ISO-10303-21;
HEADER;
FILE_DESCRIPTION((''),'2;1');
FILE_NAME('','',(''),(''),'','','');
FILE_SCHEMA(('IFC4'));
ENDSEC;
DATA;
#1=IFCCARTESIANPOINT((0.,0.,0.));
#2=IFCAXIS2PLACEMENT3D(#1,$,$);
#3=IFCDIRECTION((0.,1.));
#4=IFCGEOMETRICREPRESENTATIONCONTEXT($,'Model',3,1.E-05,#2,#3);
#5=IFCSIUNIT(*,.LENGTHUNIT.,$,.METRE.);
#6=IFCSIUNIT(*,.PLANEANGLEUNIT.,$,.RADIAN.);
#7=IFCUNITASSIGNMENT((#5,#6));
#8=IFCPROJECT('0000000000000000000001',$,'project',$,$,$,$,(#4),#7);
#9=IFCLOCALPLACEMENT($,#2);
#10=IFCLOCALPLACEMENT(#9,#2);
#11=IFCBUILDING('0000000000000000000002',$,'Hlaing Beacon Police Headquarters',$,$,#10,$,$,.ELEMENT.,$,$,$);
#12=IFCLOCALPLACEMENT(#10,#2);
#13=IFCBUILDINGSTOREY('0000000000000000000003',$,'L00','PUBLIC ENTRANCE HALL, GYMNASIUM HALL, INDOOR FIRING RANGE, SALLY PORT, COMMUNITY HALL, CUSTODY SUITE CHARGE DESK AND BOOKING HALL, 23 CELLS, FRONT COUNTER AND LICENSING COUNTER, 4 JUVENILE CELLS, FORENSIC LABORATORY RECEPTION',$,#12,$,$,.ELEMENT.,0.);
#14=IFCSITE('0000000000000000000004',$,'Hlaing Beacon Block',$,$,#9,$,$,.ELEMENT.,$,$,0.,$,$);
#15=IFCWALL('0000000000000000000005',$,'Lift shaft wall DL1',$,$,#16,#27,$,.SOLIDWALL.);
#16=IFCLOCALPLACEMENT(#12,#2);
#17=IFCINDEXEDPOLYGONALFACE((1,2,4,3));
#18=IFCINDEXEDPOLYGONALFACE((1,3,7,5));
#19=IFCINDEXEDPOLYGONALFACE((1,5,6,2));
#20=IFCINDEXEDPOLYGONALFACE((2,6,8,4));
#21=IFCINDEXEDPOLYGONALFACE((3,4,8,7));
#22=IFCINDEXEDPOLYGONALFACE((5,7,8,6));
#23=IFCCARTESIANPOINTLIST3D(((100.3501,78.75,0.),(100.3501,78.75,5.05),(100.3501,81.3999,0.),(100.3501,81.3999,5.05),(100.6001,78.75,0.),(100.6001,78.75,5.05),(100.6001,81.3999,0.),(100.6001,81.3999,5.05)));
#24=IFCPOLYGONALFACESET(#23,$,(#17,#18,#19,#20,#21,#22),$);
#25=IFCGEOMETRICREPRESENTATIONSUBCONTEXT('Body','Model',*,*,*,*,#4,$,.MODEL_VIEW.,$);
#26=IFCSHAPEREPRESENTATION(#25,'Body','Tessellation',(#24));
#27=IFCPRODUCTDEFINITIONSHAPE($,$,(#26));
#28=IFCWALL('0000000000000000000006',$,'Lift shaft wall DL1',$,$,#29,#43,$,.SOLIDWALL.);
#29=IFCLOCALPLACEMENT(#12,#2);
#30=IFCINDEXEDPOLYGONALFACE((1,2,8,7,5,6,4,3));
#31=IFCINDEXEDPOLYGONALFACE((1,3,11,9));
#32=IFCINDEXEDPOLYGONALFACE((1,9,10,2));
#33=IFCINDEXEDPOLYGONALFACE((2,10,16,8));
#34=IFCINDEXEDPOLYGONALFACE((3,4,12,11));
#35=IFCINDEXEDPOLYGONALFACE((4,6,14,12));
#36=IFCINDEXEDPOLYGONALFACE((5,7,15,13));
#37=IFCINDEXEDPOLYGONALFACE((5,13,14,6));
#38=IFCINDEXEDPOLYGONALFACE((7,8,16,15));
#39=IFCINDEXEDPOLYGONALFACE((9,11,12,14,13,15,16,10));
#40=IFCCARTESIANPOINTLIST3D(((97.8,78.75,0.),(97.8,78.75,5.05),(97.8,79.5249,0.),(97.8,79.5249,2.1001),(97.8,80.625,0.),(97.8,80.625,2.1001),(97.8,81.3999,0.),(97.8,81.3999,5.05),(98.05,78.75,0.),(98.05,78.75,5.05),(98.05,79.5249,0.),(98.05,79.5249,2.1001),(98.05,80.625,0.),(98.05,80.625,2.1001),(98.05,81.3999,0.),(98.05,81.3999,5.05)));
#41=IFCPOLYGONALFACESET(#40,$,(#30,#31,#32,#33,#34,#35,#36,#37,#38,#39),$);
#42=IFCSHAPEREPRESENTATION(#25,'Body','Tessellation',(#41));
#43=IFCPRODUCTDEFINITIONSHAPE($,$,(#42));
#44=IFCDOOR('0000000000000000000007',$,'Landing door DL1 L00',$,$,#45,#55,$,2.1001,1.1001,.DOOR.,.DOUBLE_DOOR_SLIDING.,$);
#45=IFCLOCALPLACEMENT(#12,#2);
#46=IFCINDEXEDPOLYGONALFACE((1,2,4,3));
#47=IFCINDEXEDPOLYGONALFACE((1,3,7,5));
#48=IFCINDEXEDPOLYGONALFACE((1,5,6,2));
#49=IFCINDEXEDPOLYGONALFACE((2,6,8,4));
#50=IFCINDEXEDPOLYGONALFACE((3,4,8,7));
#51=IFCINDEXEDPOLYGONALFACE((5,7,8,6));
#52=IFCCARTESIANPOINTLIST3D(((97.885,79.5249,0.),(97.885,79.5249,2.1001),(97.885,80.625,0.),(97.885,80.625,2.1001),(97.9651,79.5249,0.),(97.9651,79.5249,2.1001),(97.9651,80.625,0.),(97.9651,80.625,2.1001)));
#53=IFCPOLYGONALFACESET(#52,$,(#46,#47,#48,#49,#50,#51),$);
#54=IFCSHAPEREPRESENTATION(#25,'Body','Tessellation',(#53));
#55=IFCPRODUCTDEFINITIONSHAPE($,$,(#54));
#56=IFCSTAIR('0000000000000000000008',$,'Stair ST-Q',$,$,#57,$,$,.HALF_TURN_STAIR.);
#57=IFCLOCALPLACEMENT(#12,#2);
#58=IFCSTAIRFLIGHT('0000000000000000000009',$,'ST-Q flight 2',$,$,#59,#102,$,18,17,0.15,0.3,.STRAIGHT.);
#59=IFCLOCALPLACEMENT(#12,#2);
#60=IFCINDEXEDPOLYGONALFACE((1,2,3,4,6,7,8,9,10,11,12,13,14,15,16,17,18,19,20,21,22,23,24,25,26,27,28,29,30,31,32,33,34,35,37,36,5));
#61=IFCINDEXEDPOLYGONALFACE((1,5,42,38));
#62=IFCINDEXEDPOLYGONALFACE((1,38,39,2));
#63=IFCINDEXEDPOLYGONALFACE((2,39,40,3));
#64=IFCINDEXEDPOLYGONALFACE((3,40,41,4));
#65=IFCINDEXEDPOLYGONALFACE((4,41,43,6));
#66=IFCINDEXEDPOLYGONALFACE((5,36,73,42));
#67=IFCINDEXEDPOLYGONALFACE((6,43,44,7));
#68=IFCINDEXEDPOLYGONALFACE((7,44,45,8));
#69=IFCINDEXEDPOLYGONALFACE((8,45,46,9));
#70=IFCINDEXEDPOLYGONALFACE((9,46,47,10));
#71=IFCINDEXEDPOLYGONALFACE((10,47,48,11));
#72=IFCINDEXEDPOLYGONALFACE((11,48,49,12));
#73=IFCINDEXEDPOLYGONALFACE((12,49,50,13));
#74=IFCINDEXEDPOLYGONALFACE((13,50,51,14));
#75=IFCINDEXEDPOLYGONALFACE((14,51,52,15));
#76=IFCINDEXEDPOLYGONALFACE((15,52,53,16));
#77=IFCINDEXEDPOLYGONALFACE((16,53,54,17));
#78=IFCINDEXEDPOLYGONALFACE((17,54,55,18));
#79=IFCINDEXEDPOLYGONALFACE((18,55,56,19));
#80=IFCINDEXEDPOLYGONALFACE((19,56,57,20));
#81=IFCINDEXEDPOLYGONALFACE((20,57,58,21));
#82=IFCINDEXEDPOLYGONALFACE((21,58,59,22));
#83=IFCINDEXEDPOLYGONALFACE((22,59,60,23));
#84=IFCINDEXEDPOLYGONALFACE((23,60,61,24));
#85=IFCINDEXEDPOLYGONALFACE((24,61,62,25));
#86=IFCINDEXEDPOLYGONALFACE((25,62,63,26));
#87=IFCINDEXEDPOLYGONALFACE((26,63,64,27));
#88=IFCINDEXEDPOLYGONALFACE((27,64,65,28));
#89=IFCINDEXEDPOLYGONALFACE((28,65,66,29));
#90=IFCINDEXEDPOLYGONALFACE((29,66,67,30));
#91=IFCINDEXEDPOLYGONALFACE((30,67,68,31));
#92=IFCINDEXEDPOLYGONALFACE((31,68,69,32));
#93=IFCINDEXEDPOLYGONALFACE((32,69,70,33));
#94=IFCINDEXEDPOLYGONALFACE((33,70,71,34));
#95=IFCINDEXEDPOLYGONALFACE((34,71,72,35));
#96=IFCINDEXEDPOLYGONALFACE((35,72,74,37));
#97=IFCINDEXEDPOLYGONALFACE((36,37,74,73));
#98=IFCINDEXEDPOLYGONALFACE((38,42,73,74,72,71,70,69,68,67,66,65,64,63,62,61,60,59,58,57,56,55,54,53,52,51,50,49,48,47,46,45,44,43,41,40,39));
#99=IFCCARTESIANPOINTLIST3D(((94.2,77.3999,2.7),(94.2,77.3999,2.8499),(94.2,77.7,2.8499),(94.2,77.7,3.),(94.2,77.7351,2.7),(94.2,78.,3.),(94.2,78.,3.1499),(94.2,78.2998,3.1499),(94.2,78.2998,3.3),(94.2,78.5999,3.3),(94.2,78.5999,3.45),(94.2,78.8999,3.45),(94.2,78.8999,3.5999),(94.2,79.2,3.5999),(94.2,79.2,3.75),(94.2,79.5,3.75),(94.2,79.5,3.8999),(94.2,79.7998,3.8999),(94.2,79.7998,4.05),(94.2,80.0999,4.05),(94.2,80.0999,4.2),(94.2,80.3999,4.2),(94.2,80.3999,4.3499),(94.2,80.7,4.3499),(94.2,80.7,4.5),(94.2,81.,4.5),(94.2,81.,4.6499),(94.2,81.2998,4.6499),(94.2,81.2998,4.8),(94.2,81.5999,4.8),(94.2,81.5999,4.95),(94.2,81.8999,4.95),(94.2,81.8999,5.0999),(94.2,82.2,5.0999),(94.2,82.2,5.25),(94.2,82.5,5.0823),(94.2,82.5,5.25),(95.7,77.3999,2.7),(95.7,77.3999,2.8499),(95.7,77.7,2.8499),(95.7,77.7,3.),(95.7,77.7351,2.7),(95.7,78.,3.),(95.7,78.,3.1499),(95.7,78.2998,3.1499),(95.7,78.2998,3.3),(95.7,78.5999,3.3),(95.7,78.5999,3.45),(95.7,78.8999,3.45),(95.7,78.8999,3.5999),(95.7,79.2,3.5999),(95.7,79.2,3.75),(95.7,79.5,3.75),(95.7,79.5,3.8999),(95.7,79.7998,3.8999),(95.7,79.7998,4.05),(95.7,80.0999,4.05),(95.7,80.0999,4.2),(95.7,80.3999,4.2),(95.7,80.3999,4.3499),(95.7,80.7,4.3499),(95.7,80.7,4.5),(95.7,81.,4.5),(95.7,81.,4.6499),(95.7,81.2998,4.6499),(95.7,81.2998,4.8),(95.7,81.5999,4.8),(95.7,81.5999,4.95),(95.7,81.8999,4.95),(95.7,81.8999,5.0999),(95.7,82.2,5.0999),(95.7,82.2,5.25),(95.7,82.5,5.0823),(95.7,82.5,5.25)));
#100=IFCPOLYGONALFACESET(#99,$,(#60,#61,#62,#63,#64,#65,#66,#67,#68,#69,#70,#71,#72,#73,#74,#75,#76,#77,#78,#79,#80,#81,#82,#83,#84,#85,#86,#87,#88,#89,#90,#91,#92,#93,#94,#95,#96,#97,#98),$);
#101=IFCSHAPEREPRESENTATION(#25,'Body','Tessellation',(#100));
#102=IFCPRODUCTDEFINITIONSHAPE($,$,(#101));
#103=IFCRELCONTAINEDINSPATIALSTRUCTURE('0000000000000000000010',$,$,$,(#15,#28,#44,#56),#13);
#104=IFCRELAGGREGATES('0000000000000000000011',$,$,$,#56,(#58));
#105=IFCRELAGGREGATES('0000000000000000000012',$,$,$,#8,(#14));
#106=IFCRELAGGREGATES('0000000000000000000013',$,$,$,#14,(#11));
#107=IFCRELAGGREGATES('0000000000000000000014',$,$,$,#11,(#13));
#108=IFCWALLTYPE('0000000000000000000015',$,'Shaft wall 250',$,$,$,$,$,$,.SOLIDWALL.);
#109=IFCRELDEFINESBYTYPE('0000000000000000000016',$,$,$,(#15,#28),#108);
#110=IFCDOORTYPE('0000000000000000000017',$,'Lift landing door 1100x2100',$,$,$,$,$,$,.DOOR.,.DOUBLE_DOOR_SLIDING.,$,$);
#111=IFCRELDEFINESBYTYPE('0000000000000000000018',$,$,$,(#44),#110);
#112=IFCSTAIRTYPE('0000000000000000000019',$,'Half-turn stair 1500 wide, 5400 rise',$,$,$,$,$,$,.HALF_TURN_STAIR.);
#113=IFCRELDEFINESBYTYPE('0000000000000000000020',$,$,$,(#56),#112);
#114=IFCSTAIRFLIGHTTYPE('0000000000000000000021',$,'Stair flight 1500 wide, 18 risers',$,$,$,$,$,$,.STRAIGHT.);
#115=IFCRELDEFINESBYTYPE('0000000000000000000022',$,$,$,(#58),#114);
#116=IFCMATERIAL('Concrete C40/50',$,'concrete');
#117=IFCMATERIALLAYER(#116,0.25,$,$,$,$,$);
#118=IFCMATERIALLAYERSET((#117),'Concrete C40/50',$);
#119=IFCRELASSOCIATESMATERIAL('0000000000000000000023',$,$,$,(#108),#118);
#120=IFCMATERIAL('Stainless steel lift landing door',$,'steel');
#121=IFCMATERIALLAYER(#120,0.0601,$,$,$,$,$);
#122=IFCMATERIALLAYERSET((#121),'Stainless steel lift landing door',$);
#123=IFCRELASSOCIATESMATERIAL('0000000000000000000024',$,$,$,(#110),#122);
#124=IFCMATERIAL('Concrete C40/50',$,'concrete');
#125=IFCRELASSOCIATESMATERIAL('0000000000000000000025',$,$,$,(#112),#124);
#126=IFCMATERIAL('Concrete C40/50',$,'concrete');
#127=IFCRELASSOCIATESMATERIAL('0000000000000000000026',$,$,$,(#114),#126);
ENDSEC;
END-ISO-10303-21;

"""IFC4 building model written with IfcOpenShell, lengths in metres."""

from ifc_helpers import new_model, si_unit, direction, frame, frame_2d, origin, place, context, subcontext, project, spatial, polyline, rectangle, outline, extrude, material, layer, layer_set, type_object, element, fill, aggregate, save


model = new_model("IFC4")

# Units and contexts
model_context = context("Model", 3, precision=1e-05, world=origin(), true_north=direction((0.0, 1.0)))
body_context = subcontext(model_context, "Body", "Model", "MODEL_VIEW")
ifc_project = project(units=[si_unit("LENGTHUNIT", "METRE"), si_unit("PLANEANGLEUNIT", "RADIAN")], contexts=[model_context])

# Site, building, storey
site_placement = place(None, origin())
site = spatial("IfcSite", under=ifc_project, at=site_placement, Name="Hlaing Beacon Block", CompositionType="ELEMENT", RefElevation=0.0)
building_placement = place(site_placement, origin())
building = spatial("IfcBuilding", under=site, at=building_placement, Name="Hlaing Beacon Police Headquarters", CompositionType="ELEMENT")
storey_placement = place(building_placement, origin())
storey = spatial("IfcBuildingStorey", under=building, at=storey_placement, Name="L00", Description="PUBLIC ENTRANCE HALL, GYMNASIUM HALL, INDOOR FIRING RANGE, SALLY PORT, COMMUNITY HALL, CUSTODY SUITE CHARGE DESK AND BOOKING HALL, 23 CELLS, FRONT COUNTER AND LICENSING COUNTER, 4 JUVENILE CELLS, FORENSIC LABORATORY RECEPTION", CompositionType="ELEMENT", Elevation=0.0)

# Shared definitions
ifc_material_1 = material(Name="Concrete C40/50", Category="concrete")
ifc_layer_1 = layer(ifc_material_1, 0.25)
ifc_layer_set_1 = layer_set([ifc_layer_1], Name="Concrete C40/50")
wall_type_1 = type_object("IfcWallType", Name="Shaft wall 250", PredefinedType="SOLIDWALL", material=ifc_layer_set_1)

# Wall
wall_1_placement = place(storey_placement, frame((100.4751, 78.75, 0.0), z_axis=(0.0, 0.0, 1.0), x_axis=(0.0, 1.0, 0.0)))
element("IfcWall", 1, at=wall_1_placement, inside=storey, type_object=wall_type_1, Name="Lift shaft wall DL1", PredefinedType="SOLIDWALL", context=body_context, shape_type="SweptSolid", body=[
    extrude(rectangle(XDim=2.6499, YDim=0.25, at=frame_2d((1.325, 0.0))), origin(), (0.0, 0.0, 1.0), 5.05),
])

# Wall, opening, door
wall_2_placement = place(storey_placement, frame((97.925, 78.75, 0.0), z_axis=(0.0, 0.0, 1.0), x_axis=(0.0, 1.0, 0.0)))
wall_2 = element("IfcWall", 2, at=wall_2_placement, inside=storey, type_object=wall_type_1, Name="Lift shaft wall DL1", PredefinedType="SOLIDWALL", context=body_context, shape_type="SweptSolid", body=[
    extrude(rectangle(XDim=2.6499, YDim=0.25, at=frame_2d((1.325, 0.0))), origin(), (0.0, 0.0, 1.0), 5.05),
])
opening_1_placement = place(wall_2_placement, frame((0.7749, 0.0, 0.0)))
opening_1 = element("IfcOpeningElement", 3, at=opening_1_placement, cuts=wall_2, PredefinedType="OPENING", context=body_context, shape_type="SweptSolid", body=[
    extrude(rectangle(XDim=1.1001, YDim=2.1001, at=frame_2d((0.55, 1.05))), frame((0.0, 0.135, 0.0), z_axis=(0.0, -1.0, 0.0), x_axis=(1.0, 0.0, 0.0)), (0.0, 0.0, 1.0), 0.27),
])
ifc_material_2 = material(Name="Stainless steel lift landing door", Category="steel")
ifc_layer_2 = layer(ifc_material_2, 0.0601)
ifc_layer_set_2 = layer_set([ifc_layer_2], Name="Stainless steel lift landing door")
door_type_1 = type_object("IfcDoorType", Name="Lift landing door 1100x2100", OperationType="DOUBLE_DOOR_SLIDING", PredefinedType="DOOR", material=ifc_layer_set_2)
door_1_placement = place(opening_1_placement, origin())
door_1 = element("IfcDoor", 4, at=door_1_placement, inside=storey, type_object=door_type_1, Name="Landing door DL1 L00", OperationType="DOUBLE_DOOR_SLIDING", OverallHeight=2.1001, OverallWidth=1.1001, PredefinedType="DOOR", context=body_context, shape_type="SweptSolid", body=[
    extrude(rectangle(XDim=1.1001, YDim=2.1001, at=frame_2d((0.55, 1.05))), frame((0.0, 0.04, 0.0), z_axis=(0.0, -1.0, 0.0), x_axis=(1.0, 0.0, 0.0)), (0.0, 0.0, 1.0), 0.0801),
])
fill(opening_1, door_1)

# Stair, stair flight
ifc_material_3 = material(Name="Concrete C40/50", Category="concrete")
stair_type = type_object("IfcStairType", Name="Half-turn stair 1500 wide, 5400 rise", PredefinedType="HALF_TURN_STAIR", material=ifc_material_3)
stair_placement = place(storey_placement, origin())
stair = element("IfcStair", 5, at=stair_placement, inside=storey, type_object=stair_type, Name="Stair ST-Q", PredefinedType="HALF_TURN_STAIR")
ifc_material_4 = material(Name="Concrete C40/50", Category="concrete")
stair_flight_type = type_object("IfcStairFlightType", Name="Stair flight 1500 wide, 18 risers", PredefinedType="STRAIGHT", material=ifc_material_4)
stair_flight_placement = place(storey_placement, frame((94.95, 77.3999, 2.7), z_axis=(0.0, 0.0, 1.0), x_axis=(0.0, 1.0, 0.0)))
stair_flight = element("IfcStairFlight", 6, at=stair_flight_placement, type_object=stair_flight_type, Name="ST-Q flight 2", NumberOfRisers=18, NumberOfTreads=17, PredefinedType="STRAIGHT", RiserHeight=0.15, TreadLength=0.3, context=body_context, shape_type="SweptSolid", body=[
    extrude(outline(polyline([(0.0, 0.0), (0.0, 0.1499), (0.3, 0.1499), (0.3, 0.3), (0.6001, 0.3), (0.6001, 0.45), (0.8999, 0.45), (0.8999, 0.6001), (1.2, 0.6001), (1.2, 0.75), (1.5, 0.75), (1.5, 0.8999), (1.8, 0.8999), (1.8, 1.05), (2.1001, 1.05), (2.1001, 1.2), (2.3999, 1.2), (2.3999, 1.3501), (2.7, 1.3501), (2.7, 1.5), (3.0, 1.5), (3.0, 1.6499), (3.3, 1.6499), (3.3, 1.8), (3.6001, 1.8), (3.6001, 1.95), (3.8999, 1.95), (3.8999, 2.1001), (4.2, 2.1001), (4.2, 2.25), (4.5, 2.25), (4.5, 2.3999), (4.8, 2.3999), (4.8, 2.55), (5.1001, 2.55), (5.1001, 2.7), (5.1001, 2.3823), (0.3352, 0.0), (0.0, 0.0)])), frame((0.0, 0.75, 0.0), z_axis=(0.0, -1.0, 0.0), x_axis=(1.0, 0.0, 0.0)), (0.0, 0.0, 1.0), 1.5),
])
aggregate(stair, [stair_flight])

save(model, "model.ifc")
